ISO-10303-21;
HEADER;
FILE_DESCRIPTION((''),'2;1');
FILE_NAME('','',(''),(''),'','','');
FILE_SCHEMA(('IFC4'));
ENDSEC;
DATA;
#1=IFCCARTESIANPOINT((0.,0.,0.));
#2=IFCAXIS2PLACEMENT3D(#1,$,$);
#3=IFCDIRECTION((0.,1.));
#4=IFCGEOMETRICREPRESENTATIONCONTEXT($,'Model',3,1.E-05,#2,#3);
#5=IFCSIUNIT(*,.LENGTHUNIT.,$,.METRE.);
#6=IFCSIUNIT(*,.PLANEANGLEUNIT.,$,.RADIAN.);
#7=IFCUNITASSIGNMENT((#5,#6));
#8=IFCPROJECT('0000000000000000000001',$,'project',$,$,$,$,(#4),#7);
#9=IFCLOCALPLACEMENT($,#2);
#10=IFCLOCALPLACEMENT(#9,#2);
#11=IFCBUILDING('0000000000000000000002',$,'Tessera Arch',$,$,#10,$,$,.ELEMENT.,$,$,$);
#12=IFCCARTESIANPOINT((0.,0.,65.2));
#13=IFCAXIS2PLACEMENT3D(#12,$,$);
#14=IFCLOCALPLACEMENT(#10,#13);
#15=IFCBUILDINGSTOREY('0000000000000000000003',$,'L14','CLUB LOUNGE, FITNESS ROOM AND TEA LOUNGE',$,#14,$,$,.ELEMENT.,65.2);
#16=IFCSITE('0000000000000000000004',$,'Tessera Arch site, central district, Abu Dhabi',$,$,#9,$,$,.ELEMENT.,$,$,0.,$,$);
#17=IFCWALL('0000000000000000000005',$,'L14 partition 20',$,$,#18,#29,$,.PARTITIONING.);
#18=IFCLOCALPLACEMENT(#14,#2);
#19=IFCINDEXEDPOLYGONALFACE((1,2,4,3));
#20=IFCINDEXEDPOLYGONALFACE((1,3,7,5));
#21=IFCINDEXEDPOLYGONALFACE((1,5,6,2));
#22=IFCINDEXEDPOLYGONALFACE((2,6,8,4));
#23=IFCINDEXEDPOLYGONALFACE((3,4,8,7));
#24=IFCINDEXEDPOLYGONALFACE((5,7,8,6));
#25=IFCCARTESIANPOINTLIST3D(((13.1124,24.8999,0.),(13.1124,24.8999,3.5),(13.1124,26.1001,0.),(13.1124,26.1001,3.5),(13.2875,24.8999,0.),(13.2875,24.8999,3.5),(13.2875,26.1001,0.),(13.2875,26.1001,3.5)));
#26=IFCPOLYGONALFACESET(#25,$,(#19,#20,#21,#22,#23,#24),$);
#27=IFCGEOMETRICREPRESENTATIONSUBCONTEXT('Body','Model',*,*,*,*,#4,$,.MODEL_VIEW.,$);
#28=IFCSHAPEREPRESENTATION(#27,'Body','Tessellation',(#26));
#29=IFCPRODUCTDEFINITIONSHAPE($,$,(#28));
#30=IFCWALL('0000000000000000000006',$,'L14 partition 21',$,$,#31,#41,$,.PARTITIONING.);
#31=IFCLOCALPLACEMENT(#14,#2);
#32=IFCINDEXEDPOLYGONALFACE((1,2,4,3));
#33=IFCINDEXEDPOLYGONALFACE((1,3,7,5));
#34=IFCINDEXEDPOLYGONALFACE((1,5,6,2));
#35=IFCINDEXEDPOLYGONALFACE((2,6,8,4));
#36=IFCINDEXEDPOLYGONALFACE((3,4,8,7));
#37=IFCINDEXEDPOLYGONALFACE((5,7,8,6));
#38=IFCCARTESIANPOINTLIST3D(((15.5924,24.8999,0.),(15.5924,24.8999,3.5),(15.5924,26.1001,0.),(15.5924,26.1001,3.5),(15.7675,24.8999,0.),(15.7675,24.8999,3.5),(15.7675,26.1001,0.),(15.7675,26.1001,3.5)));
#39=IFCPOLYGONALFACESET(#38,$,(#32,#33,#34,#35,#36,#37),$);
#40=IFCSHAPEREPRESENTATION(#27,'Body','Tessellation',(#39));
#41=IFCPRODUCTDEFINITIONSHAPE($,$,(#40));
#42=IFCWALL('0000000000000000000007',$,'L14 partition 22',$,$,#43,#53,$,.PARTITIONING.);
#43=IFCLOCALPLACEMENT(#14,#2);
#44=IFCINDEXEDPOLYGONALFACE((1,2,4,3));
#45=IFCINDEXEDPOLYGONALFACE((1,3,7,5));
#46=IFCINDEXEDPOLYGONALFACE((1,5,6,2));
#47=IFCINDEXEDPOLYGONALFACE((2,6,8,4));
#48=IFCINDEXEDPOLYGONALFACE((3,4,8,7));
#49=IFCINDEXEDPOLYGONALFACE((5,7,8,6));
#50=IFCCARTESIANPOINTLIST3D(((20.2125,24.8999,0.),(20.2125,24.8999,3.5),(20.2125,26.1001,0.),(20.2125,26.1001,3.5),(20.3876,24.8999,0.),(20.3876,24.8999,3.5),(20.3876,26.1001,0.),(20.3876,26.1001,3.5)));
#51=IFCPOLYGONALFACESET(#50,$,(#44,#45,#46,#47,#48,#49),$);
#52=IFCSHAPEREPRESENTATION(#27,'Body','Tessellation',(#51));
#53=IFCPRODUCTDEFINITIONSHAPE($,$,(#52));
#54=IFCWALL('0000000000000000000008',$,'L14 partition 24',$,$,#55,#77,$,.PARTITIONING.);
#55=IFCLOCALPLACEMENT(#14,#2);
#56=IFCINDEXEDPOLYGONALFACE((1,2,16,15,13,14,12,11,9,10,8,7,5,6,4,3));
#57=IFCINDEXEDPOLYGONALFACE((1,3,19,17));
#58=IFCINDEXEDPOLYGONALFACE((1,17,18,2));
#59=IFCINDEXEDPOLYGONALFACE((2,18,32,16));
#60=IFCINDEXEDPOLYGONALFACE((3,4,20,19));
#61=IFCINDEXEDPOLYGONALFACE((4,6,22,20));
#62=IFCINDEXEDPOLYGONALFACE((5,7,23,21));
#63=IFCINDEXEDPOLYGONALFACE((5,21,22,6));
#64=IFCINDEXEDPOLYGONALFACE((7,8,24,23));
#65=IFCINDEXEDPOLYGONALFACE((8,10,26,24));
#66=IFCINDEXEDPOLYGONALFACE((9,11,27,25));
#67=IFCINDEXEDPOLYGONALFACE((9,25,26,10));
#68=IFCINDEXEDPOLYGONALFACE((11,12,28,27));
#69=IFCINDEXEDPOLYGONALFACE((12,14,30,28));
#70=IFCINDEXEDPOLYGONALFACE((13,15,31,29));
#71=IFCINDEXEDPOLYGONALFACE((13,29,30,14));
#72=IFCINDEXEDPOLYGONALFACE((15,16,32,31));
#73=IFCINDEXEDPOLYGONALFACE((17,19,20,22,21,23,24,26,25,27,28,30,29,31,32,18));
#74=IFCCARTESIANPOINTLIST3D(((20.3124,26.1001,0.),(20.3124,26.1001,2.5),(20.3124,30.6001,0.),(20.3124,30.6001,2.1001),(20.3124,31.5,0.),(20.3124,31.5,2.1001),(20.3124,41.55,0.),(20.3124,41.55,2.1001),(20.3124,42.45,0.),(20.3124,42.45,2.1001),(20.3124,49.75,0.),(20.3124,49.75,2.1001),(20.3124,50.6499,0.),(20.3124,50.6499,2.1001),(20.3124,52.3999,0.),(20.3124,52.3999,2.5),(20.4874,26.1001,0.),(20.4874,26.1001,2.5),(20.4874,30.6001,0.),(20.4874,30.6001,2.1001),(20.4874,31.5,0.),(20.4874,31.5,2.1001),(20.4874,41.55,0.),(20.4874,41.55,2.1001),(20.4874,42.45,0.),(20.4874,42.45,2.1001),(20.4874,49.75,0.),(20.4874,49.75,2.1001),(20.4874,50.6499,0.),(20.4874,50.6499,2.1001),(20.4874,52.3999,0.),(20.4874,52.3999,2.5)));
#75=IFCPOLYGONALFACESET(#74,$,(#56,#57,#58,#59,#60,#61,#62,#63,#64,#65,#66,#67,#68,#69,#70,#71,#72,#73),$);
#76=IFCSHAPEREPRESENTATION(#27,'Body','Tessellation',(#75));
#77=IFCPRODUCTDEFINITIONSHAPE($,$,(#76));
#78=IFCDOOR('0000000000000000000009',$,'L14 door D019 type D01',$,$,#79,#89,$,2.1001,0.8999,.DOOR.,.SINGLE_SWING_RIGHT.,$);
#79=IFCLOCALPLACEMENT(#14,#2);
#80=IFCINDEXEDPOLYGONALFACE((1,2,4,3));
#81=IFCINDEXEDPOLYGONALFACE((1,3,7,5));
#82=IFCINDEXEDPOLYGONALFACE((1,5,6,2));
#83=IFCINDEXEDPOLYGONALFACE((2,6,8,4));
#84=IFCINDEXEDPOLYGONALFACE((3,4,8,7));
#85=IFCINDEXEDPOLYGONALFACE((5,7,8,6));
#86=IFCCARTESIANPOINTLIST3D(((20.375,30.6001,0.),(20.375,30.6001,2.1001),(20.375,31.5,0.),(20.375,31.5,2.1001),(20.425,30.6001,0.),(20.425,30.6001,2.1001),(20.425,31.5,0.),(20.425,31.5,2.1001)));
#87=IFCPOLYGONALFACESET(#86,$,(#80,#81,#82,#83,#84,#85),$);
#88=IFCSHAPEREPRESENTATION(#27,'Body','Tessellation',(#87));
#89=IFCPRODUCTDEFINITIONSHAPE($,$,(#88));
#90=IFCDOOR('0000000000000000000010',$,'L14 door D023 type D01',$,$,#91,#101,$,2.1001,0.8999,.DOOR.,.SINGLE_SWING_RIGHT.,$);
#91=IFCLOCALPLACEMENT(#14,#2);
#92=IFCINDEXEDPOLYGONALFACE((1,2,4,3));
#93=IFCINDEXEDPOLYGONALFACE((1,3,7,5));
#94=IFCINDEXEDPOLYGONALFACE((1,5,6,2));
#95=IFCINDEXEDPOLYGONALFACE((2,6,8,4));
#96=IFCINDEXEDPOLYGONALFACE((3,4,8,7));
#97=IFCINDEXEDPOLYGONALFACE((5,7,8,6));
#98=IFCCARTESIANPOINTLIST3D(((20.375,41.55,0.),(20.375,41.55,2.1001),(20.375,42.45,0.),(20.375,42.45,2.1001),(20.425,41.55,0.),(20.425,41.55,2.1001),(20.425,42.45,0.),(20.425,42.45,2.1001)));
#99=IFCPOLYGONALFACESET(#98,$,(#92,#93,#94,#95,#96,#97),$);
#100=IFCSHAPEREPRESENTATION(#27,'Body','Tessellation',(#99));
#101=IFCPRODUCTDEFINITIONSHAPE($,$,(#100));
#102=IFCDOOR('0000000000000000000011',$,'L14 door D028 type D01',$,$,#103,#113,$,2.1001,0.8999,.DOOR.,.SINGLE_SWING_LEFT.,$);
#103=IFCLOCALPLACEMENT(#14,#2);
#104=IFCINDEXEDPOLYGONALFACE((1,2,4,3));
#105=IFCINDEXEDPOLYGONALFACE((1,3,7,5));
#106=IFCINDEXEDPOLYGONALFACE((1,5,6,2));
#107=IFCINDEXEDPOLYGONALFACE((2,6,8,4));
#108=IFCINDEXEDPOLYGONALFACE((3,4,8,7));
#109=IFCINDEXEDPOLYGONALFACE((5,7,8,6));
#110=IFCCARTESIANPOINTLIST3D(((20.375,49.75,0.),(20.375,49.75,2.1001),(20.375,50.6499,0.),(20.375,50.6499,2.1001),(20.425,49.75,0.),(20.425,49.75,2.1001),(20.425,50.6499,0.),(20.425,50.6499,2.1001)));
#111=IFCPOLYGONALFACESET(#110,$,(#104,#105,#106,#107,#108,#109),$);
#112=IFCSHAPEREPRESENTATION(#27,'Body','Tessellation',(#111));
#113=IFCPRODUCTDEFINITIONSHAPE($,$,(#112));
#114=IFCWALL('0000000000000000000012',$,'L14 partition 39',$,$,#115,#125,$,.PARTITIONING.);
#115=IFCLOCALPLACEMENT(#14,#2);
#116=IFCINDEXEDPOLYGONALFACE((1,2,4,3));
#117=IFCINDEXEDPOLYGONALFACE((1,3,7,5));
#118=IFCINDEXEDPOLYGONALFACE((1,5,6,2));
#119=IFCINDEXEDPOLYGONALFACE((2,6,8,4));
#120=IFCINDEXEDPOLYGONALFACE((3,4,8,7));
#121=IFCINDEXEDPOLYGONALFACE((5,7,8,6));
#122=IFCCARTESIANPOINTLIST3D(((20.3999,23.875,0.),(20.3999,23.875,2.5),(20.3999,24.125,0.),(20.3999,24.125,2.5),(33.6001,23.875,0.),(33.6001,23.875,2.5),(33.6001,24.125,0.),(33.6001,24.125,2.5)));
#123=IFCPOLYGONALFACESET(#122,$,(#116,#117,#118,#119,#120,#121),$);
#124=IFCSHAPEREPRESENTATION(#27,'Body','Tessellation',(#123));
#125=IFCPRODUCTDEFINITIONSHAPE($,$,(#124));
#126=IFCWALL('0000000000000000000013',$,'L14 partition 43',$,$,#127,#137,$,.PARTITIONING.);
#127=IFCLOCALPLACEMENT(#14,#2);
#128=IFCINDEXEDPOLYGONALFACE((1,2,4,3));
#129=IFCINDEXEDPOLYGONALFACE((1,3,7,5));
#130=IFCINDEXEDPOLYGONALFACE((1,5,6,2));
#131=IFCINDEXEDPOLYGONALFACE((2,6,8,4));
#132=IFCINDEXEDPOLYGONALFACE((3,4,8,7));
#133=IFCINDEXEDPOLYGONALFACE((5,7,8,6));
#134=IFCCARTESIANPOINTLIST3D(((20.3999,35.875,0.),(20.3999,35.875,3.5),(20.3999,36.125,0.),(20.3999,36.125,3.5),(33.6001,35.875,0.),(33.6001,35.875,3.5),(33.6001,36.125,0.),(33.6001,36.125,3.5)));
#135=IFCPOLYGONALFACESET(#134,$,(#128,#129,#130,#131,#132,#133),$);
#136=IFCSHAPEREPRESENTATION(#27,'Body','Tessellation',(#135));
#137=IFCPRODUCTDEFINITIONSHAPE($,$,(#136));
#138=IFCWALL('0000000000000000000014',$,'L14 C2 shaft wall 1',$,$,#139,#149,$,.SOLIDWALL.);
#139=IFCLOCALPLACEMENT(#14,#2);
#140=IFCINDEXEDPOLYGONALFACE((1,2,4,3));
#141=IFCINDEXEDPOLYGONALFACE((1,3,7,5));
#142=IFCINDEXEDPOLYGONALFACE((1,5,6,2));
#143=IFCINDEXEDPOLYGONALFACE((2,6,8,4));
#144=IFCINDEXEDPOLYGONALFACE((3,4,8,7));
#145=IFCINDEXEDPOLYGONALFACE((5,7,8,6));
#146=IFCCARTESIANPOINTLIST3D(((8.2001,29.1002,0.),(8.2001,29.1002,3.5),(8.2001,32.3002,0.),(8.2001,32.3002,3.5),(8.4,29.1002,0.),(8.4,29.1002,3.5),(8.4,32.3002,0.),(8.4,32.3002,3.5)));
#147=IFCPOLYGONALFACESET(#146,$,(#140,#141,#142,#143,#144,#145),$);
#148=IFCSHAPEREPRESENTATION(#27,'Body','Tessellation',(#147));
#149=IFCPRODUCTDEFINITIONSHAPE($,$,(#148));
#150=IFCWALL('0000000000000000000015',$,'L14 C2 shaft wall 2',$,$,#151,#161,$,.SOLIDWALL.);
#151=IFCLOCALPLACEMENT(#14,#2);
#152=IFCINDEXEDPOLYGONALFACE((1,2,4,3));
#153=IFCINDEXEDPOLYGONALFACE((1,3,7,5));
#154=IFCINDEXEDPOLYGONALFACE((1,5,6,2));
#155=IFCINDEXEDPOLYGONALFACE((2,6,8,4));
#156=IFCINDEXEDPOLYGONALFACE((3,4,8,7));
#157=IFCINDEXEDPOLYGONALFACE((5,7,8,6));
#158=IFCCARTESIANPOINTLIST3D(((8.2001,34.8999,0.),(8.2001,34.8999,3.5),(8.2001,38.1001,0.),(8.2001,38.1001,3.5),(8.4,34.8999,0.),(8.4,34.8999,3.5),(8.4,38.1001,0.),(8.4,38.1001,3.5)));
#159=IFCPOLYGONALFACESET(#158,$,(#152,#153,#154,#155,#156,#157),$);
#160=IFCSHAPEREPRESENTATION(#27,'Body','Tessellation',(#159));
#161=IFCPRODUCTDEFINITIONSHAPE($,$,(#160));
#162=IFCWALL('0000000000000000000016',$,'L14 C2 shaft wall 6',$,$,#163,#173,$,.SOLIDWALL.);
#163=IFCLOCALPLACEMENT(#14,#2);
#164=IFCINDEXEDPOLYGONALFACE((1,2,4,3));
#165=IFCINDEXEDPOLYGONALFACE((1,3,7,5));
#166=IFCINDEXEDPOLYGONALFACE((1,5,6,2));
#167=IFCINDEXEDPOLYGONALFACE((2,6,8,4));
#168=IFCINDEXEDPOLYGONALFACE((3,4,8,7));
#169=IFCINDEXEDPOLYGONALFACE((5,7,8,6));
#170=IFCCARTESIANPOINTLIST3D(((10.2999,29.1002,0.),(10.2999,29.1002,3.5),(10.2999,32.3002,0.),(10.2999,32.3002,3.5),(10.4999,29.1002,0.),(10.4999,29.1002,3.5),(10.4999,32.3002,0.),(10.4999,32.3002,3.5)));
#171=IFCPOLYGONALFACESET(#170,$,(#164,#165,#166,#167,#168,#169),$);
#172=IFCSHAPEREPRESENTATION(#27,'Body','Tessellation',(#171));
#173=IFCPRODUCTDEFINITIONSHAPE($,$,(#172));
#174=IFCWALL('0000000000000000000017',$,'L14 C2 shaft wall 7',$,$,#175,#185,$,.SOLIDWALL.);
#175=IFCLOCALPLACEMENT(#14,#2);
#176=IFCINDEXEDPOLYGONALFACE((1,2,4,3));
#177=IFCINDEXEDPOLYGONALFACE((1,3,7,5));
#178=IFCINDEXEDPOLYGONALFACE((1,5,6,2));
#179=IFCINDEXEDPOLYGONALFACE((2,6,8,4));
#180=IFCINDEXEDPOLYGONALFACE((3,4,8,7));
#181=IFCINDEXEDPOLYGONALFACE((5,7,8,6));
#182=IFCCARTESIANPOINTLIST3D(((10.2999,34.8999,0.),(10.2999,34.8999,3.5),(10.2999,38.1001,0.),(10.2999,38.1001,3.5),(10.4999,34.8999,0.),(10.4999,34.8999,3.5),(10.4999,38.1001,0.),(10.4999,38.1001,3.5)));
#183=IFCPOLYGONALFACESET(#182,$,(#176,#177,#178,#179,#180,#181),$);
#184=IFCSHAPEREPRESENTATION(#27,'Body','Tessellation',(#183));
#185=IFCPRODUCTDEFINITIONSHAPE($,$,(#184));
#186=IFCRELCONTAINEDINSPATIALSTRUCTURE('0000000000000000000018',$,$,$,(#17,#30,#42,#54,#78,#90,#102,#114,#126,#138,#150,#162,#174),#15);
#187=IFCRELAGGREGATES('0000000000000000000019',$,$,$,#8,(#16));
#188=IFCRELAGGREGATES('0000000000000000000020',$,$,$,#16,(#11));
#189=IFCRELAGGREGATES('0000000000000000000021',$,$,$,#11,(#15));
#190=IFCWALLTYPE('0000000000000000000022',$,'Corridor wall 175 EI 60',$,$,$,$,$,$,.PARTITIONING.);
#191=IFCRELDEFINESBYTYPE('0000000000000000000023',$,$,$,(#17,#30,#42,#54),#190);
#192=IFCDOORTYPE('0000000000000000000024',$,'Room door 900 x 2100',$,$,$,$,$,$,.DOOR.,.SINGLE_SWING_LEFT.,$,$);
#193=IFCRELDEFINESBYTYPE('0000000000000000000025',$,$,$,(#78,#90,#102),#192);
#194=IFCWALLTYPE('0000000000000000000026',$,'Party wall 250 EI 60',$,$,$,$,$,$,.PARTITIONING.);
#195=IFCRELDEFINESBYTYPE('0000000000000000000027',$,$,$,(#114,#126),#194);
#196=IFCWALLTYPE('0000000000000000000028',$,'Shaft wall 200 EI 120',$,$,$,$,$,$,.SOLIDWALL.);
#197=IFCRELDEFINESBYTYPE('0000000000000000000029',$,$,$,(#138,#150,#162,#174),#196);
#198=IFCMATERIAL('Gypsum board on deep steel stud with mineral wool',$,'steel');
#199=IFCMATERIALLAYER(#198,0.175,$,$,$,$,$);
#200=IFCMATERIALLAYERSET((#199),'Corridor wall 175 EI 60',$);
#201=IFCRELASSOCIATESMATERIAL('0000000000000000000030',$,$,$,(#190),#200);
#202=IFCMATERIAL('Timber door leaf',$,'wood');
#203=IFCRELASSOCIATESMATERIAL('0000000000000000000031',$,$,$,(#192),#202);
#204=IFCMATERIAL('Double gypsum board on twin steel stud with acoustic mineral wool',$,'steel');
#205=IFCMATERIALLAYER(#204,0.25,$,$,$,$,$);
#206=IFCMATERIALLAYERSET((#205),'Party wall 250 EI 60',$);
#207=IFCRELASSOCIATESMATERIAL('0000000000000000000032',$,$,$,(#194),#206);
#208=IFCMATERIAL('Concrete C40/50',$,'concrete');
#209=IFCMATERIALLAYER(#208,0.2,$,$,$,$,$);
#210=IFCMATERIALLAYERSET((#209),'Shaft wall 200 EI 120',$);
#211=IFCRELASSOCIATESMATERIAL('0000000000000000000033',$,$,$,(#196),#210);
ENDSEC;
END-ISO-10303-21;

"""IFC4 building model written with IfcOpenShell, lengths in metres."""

from ifc_helpers import new_model, si_unit, direction, frame, frame_2d, origin, place, context, subcontext, project, spatial, rectangle, extrude, material, layer, layer_set, type_object, element, fill, save


model = new_model("IFC4")

# Units and contexts
model_context = context("Model", 3, precision=1e-05, world=origin(), true_north=direction((0.0, 1.0)))
body_context = subcontext(model_context, "Body", "Model", "MODEL_VIEW")
ifc_project = project(units=[si_unit("LENGTHUNIT", "METRE"), si_unit("PLANEANGLEUNIT", "RADIAN")], contexts=[model_context])

# Site, building, storey
site_placement = place(None, origin())
site = spatial("IfcSite", under=ifc_project, at=site_placement, Name="Tessera Arch site, central district, Abu Dhabi", CompositionType="ELEMENT", RefElevation=0.0)
building_placement = place(site_placement, origin())
building = spatial("IfcBuilding", under=site, at=building_placement, Name="Tessera Arch", CompositionType="ELEMENT")
storey_placement = place(building_placement, frame((0.0, 0.0, 65.2)))
storey = spatial("IfcBuildingStorey", under=building, at=storey_placement, Name="L14", Description="CLUB LOUNGE, FITNESS ROOM AND TEA LOUNGE", CompositionType="ELEMENT", Elevation=65.2)

# Shared definitions
ifc_material_1 = material(Name="Gypsum board on deep steel stud with mineral wool", Category="steel")
ifc_layer_1 = layer(ifc_material_1, 0.175)
ifc_layer_set_1 = layer_set([ifc_layer_1], Name="Corridor wall 175 EI 60")
wall_type_1 = type_object("IfcWallType", Name="Corridor wall 175 EI 60", PredefinedType="PARTITIONING", material=ifc_layer_set_1)

# Walls
for number, where, z_axis, x_axis, name in (
    (1, (13.2, 24.8999, 0.0), (0.0, 0.0, 1.0), (0.0, 1.0, 0.0), "L14 partition 20"),
    (2, (15.6799, 24.8999, 0.0), (0.0, 0.0, 1.0), (0.0, 1.0, 0.0), "L14 partition 21"),
    (3, (20.3, 24.8999, 0.0), (0.0, 0.0, 1.0), (0.0, 1.0, 0.0), "L14 partition 22"),
):
    element("IfcWall", number, at=place(storey_placement, frame(where, z_axis=z_axis, x_axis=x_axis)), inside=storey, type_object=wall_type_1, Name=name, PredefinedType="PARTITIONING", context=body_context, shape_type="SweptSolid", body=[
        extrude(rectangle(XDim=1.2002, YDim=0.175, at=frame_2d((0.6001, 0.0))), origin(), (0.0, 0.0, 1.0), 3.5),
    ])

# Wall, openings, doors
wall_1_placement = place(storey_placement, frame((20.3999, 26.1001, 0.0), z_axis=(0.0, 0.0, 1.0), x_axis=(0.0, 1.0, 0.0)))
wall_1 = element("IfcWall", 4, at=wall_1_placement, inside=storey, type_object=wall_type_1, Name="L14 partition 24", PredefinedType="PARTITIONING", context=body_context, shape_type="SweptSolid", body=[
    extrude(rectangle(XDim=26.2998, YDim=0.175, at=frame_2d((13.1499, 0.0))), origin(), (0.0, 0.0, 1.0), 2.5),
])
opening_1_placement = place(wall_1_placement, frame((4.5, 0.0, 0.0)))
opening_1 = element("IfcOpeningElement", 5, at=opening_1_placement, cuts=wall_1, PredefinedType="OPENING", context=body_context, shape_type="SweptSolid", body=[
    extrude(rectangle(XDim=0.8999, YDim=2.1001, at=frame_2d((0.45, 1.05))), frame((0.0, 0.0974, 0.0), z_axis=(0.0, -1.0, 0.0), x_axis=(1.0, 0.0, 0.0)), (0.0, 0.0, 1.0), 0.1951),
])
opening_2_placement = place(wall_1_placement, frame((15.45, 0.0, 0.0)))
opening_2 = element("IfcOpeningElement", 6, at=opening_2_placement, cuts=wall_1, PredefinedType="OPENING", context=body_context, shape_type="SweptSolid", body=[
    extrude(rectangle(XDim=0.8999, YDim=2.1001, at=frame_2d((0.45, 1.05))), frame((0.0, 0.0974, 0.0), z_axis=(0.0, -1.0, 0.0), x_axis=(1.0, 0.0, 0.0)), (0.0, 0.0, 1.0), 0.1951),
])
opening_3_placement = place(wall_1_placement, frame((23.6499, 0.0, 0.0)))
opening_3 = element("IfcOpeningElement", 7, at=opening_3_placement, cuts=wall_1, PredefinedType="OPENING", context=body_context, shape_type="SweptSolid", body=[
    extrude(rectangle(XDim=0.8999, YDim=2.1001, at=frame_2d((0.45, 1.05))), frame((0.0, 0.0974, 0.0), z_axis=(0.0, -1.0, 0.0), x_axis=(1.0, 0.0, 0.0)), (0.0, 0.0, 1.0), 0.1951),
])
ifc_material_2 = material(Name="Timber door leaf", Category="wood")
door_type_1 = type_object("IfcDoorType", Name="Room door 900 x 2100", OperationType="SINGLE_SWING_LEFT", PredefinedType="DOOR", material=ifc_material_2)
door_1_placement = place(opening_1_placement, origin())
door_1 = element("IfcDoor", 8, at=door_1_placement, inside=storey, type_object=door_type_1, Name="L14 door D019 type D01", OperationType="SINGLE_SWING_RIGHT", OverallHeight=2.1001, OverallWidth=0.8999, PredefinedType="DOOR", context=body_context, shape_type="SweptSolid", body=[
    extrude(rectangle(XDim=0.8999, YDim=2.1001, at=frame_2d((0.45, 1.05))), frame((0.0, 0.0249, 0.0), z_axis=(0.0, -1.0, 0.0), x_axis=(1.0, 0.0, 0.0)), (0.0, 0.0, 1.0), 0.05),
])
fill(opening_1, door_1)
door_2_placement = place(opening_2_placement, origin())
door_2 = element("IfcDoor", 9, at=door_2_placement, inside=storey, type_object=door_type_1, Name="L14 door D023 type D01", OperationType="SINGLE_SWING_RIGHT", OverallHeight=2.1001, OverallWidth=0.8999, PredefinedType="DOOR", context=body_context, shape_type="SweptSolid", body=[
    extrude(rectangle(XDim=0.8999, YDim=2.1001, at=frame_2d((0.45, 1.05))), frame((0.0, 0.0249, 0.0), z_axis=(0.0, -1.0, 0.0), x_axis=(1.0, 0.0, 0.0)), (0.0, 0.0, 1.0), 0.05),
])
fill(opening_2, door_2)
door_3_placement = place(opening_3_placement, origin())
door_3 = element("IfcDoor", 10, at=door_3_placement, inside=storey, type_object=door_type_1, Name="L14 door D028 type D01", OperationType="SINGLE_SWING_LEFT", OverallHeight=2.1001, OverallWidth=0.8999, PredefinedType="DOOR", context=body_context, shape_type="SweptSolid", body=[
    extrude(rectangle(XDim=0.8999, YDim=2.1001, at=frame_2d((0.45, 1.05))), frame((0.0, 0.0249, 0.0), z_axis=(0.0, -1.0, 0.0), x_axis=(1.0, 0.0, 0.0)), (0.0, 0.0, 1.0), 0.05),
])
fill(opening_3, door_3)

# Walls
ifc_material_3 = material(Name="Double gypsum board on twin steel stud with acoustic mineral wool", Category="steel")
ifc_layer_2 = layer(ifc_material_3, 0.25)
ifc_layer_set_2 = layer_set([ifc_layer_2], Name="Party wall 250 EI 60")
wall_type_2 = type_object("IfcWallType", Name="Party wall 250 EI 60", PredefinedType="PARTITIONING", material=ifc_layer_set_2)
wall_2_placement = place(storey_placement, frame((20.3999, 24.0, 0.0), z_axis=(0.0, 0.0, 1.0), x_axis=(1.0, 0.0, 0.0)))
element("IfcWall", 11, at=wall_2_placement, inside=storey, type_object=wall_type_2, Name="L14 partition 39", PredefinedType="PARTITIONING", context=body_context, shape_type="SweptSolid", body=[
    extrude(rectangle(XDim=13.2002, YDim=0.25, at=frame_2d((6.6001, 0.0))), origin(), (0.0, 0.0, 1.0), 2.5),
])
wall_3_placement = place(storey_placement, frame((20.3999, 36.0, 0.0), z_axis=(0.0, 0.0, 1.0), x_axis=(1.0, 0.0, 0.0)))
element("IfcWall", 12, at=wall_3_placement, inside=storey, type_object=wall_type_2, Name="L14 partition 43", PredefinedType="PARTITIONING", context=body_context, shape_type="SweptSolid", body=[
    extrude(rectangle(XDim=13.2002, YDim=0.25, at=frame_2d((6.6001, 0.0))), origin(), (0.0, 0.0, 1.0), 3.5),
])
ifc_material_4 = material(Name="Concrete C40/50", Category="concrete")
ifc_layer_3 = layer(ifc_material_4, 0.2)
ifc_layer_set_3 = layer_set([ifc_layer_3], Name="Shaft wall 200 EI 120")
wall_type_3 = type_object("IfcWallType", Name="Shaft wall 200 EI 120", PredefinedType="SOLIDWALL", material=ifc_layer_set_3)
wall_4_placement = place(storey_placement, frame((8.3, 29.1001, 0.0), z_axis=(0.0, 0.0, 1.0), x_axis=(0.0, 1.0, 0.0)))
element("IfcWall", 13, at=wall_4_placement, inside=storey, type_object=wall_type_3, Name="L14 C2 shaft wall 1", PredefinedType="SOLIDWALL", context=body_context, shape_type="SweptSolid", body=[
    extrude(rectangle(XDim=3.2, YDim=0.2, at=frame_2d((1.6001, 0.0))), origin(), (0.0, 0.0, 1.0), 3.5),
])
wall_5_placement = place(storey_placement, frame((8.3, 34.8999, 0.0), z_axis=(0.0, 0.0, 1.0), x_axis=(0.0, 1.0, 0.0)))
element("IfcWall", 14, at=wall_5_placement, inside=storey, type_object=wall_type_3, Name="L14 C2 shaft wall 2", PredefinedType="SOLIDWALL", context=body_context, shape_type="SweptSolid", body=[
    extrude(rectangle(XDim=3.2002, YDim=0.2, at=frame_2d((1.6001, 0.0))), origin(), (0.0, 0.0, 1.0), 3.5),
])
wall_6_placement = place(storey_placement, frame((10.3999, 29.1001, 0.0), z_axis=(0.0, 0.0, 1.0), x_axis=(0.0, 1.0, 0.0)))
element("IfcWall", 15, at=wall_6_placement, inside=storey, type_object=wall_type_3, Name="L14 C2 shaft wall 6", PredefinedType="SOLIDWALL", context=body_context, shape_type="SweptSolid", body=[
    extrude(rectangle(XDim=3.2, YDim=0.2, at=frame_2d((1.6001, 0.0))), origin(), (0.0, 0.0, 1.0), 3.5),
])
wall_7_placement = place(storey_placement, frame((10.3999, 34.8999, 0.0), z_axis=(0.0, 0.0, 1.0), x_axis=(0.0, 1.0, 0.0)))
element("IfcWall", 16, at=wall_7_placement, inside=storey, type_object=wall_type_3, Name="L14 C2 shaft wall 7", PredefinedType="SOLIDWALL", context=body_context, shape_type="SweptSolid", body=[
    extrude(rectangle(XDim=3.2002, YDim=0.2, at=frame_2d((1.6001, 0.0))), origin(), (0.0, 0.0, 1.0), 3.5),
])

save(model, "model.ifc")
